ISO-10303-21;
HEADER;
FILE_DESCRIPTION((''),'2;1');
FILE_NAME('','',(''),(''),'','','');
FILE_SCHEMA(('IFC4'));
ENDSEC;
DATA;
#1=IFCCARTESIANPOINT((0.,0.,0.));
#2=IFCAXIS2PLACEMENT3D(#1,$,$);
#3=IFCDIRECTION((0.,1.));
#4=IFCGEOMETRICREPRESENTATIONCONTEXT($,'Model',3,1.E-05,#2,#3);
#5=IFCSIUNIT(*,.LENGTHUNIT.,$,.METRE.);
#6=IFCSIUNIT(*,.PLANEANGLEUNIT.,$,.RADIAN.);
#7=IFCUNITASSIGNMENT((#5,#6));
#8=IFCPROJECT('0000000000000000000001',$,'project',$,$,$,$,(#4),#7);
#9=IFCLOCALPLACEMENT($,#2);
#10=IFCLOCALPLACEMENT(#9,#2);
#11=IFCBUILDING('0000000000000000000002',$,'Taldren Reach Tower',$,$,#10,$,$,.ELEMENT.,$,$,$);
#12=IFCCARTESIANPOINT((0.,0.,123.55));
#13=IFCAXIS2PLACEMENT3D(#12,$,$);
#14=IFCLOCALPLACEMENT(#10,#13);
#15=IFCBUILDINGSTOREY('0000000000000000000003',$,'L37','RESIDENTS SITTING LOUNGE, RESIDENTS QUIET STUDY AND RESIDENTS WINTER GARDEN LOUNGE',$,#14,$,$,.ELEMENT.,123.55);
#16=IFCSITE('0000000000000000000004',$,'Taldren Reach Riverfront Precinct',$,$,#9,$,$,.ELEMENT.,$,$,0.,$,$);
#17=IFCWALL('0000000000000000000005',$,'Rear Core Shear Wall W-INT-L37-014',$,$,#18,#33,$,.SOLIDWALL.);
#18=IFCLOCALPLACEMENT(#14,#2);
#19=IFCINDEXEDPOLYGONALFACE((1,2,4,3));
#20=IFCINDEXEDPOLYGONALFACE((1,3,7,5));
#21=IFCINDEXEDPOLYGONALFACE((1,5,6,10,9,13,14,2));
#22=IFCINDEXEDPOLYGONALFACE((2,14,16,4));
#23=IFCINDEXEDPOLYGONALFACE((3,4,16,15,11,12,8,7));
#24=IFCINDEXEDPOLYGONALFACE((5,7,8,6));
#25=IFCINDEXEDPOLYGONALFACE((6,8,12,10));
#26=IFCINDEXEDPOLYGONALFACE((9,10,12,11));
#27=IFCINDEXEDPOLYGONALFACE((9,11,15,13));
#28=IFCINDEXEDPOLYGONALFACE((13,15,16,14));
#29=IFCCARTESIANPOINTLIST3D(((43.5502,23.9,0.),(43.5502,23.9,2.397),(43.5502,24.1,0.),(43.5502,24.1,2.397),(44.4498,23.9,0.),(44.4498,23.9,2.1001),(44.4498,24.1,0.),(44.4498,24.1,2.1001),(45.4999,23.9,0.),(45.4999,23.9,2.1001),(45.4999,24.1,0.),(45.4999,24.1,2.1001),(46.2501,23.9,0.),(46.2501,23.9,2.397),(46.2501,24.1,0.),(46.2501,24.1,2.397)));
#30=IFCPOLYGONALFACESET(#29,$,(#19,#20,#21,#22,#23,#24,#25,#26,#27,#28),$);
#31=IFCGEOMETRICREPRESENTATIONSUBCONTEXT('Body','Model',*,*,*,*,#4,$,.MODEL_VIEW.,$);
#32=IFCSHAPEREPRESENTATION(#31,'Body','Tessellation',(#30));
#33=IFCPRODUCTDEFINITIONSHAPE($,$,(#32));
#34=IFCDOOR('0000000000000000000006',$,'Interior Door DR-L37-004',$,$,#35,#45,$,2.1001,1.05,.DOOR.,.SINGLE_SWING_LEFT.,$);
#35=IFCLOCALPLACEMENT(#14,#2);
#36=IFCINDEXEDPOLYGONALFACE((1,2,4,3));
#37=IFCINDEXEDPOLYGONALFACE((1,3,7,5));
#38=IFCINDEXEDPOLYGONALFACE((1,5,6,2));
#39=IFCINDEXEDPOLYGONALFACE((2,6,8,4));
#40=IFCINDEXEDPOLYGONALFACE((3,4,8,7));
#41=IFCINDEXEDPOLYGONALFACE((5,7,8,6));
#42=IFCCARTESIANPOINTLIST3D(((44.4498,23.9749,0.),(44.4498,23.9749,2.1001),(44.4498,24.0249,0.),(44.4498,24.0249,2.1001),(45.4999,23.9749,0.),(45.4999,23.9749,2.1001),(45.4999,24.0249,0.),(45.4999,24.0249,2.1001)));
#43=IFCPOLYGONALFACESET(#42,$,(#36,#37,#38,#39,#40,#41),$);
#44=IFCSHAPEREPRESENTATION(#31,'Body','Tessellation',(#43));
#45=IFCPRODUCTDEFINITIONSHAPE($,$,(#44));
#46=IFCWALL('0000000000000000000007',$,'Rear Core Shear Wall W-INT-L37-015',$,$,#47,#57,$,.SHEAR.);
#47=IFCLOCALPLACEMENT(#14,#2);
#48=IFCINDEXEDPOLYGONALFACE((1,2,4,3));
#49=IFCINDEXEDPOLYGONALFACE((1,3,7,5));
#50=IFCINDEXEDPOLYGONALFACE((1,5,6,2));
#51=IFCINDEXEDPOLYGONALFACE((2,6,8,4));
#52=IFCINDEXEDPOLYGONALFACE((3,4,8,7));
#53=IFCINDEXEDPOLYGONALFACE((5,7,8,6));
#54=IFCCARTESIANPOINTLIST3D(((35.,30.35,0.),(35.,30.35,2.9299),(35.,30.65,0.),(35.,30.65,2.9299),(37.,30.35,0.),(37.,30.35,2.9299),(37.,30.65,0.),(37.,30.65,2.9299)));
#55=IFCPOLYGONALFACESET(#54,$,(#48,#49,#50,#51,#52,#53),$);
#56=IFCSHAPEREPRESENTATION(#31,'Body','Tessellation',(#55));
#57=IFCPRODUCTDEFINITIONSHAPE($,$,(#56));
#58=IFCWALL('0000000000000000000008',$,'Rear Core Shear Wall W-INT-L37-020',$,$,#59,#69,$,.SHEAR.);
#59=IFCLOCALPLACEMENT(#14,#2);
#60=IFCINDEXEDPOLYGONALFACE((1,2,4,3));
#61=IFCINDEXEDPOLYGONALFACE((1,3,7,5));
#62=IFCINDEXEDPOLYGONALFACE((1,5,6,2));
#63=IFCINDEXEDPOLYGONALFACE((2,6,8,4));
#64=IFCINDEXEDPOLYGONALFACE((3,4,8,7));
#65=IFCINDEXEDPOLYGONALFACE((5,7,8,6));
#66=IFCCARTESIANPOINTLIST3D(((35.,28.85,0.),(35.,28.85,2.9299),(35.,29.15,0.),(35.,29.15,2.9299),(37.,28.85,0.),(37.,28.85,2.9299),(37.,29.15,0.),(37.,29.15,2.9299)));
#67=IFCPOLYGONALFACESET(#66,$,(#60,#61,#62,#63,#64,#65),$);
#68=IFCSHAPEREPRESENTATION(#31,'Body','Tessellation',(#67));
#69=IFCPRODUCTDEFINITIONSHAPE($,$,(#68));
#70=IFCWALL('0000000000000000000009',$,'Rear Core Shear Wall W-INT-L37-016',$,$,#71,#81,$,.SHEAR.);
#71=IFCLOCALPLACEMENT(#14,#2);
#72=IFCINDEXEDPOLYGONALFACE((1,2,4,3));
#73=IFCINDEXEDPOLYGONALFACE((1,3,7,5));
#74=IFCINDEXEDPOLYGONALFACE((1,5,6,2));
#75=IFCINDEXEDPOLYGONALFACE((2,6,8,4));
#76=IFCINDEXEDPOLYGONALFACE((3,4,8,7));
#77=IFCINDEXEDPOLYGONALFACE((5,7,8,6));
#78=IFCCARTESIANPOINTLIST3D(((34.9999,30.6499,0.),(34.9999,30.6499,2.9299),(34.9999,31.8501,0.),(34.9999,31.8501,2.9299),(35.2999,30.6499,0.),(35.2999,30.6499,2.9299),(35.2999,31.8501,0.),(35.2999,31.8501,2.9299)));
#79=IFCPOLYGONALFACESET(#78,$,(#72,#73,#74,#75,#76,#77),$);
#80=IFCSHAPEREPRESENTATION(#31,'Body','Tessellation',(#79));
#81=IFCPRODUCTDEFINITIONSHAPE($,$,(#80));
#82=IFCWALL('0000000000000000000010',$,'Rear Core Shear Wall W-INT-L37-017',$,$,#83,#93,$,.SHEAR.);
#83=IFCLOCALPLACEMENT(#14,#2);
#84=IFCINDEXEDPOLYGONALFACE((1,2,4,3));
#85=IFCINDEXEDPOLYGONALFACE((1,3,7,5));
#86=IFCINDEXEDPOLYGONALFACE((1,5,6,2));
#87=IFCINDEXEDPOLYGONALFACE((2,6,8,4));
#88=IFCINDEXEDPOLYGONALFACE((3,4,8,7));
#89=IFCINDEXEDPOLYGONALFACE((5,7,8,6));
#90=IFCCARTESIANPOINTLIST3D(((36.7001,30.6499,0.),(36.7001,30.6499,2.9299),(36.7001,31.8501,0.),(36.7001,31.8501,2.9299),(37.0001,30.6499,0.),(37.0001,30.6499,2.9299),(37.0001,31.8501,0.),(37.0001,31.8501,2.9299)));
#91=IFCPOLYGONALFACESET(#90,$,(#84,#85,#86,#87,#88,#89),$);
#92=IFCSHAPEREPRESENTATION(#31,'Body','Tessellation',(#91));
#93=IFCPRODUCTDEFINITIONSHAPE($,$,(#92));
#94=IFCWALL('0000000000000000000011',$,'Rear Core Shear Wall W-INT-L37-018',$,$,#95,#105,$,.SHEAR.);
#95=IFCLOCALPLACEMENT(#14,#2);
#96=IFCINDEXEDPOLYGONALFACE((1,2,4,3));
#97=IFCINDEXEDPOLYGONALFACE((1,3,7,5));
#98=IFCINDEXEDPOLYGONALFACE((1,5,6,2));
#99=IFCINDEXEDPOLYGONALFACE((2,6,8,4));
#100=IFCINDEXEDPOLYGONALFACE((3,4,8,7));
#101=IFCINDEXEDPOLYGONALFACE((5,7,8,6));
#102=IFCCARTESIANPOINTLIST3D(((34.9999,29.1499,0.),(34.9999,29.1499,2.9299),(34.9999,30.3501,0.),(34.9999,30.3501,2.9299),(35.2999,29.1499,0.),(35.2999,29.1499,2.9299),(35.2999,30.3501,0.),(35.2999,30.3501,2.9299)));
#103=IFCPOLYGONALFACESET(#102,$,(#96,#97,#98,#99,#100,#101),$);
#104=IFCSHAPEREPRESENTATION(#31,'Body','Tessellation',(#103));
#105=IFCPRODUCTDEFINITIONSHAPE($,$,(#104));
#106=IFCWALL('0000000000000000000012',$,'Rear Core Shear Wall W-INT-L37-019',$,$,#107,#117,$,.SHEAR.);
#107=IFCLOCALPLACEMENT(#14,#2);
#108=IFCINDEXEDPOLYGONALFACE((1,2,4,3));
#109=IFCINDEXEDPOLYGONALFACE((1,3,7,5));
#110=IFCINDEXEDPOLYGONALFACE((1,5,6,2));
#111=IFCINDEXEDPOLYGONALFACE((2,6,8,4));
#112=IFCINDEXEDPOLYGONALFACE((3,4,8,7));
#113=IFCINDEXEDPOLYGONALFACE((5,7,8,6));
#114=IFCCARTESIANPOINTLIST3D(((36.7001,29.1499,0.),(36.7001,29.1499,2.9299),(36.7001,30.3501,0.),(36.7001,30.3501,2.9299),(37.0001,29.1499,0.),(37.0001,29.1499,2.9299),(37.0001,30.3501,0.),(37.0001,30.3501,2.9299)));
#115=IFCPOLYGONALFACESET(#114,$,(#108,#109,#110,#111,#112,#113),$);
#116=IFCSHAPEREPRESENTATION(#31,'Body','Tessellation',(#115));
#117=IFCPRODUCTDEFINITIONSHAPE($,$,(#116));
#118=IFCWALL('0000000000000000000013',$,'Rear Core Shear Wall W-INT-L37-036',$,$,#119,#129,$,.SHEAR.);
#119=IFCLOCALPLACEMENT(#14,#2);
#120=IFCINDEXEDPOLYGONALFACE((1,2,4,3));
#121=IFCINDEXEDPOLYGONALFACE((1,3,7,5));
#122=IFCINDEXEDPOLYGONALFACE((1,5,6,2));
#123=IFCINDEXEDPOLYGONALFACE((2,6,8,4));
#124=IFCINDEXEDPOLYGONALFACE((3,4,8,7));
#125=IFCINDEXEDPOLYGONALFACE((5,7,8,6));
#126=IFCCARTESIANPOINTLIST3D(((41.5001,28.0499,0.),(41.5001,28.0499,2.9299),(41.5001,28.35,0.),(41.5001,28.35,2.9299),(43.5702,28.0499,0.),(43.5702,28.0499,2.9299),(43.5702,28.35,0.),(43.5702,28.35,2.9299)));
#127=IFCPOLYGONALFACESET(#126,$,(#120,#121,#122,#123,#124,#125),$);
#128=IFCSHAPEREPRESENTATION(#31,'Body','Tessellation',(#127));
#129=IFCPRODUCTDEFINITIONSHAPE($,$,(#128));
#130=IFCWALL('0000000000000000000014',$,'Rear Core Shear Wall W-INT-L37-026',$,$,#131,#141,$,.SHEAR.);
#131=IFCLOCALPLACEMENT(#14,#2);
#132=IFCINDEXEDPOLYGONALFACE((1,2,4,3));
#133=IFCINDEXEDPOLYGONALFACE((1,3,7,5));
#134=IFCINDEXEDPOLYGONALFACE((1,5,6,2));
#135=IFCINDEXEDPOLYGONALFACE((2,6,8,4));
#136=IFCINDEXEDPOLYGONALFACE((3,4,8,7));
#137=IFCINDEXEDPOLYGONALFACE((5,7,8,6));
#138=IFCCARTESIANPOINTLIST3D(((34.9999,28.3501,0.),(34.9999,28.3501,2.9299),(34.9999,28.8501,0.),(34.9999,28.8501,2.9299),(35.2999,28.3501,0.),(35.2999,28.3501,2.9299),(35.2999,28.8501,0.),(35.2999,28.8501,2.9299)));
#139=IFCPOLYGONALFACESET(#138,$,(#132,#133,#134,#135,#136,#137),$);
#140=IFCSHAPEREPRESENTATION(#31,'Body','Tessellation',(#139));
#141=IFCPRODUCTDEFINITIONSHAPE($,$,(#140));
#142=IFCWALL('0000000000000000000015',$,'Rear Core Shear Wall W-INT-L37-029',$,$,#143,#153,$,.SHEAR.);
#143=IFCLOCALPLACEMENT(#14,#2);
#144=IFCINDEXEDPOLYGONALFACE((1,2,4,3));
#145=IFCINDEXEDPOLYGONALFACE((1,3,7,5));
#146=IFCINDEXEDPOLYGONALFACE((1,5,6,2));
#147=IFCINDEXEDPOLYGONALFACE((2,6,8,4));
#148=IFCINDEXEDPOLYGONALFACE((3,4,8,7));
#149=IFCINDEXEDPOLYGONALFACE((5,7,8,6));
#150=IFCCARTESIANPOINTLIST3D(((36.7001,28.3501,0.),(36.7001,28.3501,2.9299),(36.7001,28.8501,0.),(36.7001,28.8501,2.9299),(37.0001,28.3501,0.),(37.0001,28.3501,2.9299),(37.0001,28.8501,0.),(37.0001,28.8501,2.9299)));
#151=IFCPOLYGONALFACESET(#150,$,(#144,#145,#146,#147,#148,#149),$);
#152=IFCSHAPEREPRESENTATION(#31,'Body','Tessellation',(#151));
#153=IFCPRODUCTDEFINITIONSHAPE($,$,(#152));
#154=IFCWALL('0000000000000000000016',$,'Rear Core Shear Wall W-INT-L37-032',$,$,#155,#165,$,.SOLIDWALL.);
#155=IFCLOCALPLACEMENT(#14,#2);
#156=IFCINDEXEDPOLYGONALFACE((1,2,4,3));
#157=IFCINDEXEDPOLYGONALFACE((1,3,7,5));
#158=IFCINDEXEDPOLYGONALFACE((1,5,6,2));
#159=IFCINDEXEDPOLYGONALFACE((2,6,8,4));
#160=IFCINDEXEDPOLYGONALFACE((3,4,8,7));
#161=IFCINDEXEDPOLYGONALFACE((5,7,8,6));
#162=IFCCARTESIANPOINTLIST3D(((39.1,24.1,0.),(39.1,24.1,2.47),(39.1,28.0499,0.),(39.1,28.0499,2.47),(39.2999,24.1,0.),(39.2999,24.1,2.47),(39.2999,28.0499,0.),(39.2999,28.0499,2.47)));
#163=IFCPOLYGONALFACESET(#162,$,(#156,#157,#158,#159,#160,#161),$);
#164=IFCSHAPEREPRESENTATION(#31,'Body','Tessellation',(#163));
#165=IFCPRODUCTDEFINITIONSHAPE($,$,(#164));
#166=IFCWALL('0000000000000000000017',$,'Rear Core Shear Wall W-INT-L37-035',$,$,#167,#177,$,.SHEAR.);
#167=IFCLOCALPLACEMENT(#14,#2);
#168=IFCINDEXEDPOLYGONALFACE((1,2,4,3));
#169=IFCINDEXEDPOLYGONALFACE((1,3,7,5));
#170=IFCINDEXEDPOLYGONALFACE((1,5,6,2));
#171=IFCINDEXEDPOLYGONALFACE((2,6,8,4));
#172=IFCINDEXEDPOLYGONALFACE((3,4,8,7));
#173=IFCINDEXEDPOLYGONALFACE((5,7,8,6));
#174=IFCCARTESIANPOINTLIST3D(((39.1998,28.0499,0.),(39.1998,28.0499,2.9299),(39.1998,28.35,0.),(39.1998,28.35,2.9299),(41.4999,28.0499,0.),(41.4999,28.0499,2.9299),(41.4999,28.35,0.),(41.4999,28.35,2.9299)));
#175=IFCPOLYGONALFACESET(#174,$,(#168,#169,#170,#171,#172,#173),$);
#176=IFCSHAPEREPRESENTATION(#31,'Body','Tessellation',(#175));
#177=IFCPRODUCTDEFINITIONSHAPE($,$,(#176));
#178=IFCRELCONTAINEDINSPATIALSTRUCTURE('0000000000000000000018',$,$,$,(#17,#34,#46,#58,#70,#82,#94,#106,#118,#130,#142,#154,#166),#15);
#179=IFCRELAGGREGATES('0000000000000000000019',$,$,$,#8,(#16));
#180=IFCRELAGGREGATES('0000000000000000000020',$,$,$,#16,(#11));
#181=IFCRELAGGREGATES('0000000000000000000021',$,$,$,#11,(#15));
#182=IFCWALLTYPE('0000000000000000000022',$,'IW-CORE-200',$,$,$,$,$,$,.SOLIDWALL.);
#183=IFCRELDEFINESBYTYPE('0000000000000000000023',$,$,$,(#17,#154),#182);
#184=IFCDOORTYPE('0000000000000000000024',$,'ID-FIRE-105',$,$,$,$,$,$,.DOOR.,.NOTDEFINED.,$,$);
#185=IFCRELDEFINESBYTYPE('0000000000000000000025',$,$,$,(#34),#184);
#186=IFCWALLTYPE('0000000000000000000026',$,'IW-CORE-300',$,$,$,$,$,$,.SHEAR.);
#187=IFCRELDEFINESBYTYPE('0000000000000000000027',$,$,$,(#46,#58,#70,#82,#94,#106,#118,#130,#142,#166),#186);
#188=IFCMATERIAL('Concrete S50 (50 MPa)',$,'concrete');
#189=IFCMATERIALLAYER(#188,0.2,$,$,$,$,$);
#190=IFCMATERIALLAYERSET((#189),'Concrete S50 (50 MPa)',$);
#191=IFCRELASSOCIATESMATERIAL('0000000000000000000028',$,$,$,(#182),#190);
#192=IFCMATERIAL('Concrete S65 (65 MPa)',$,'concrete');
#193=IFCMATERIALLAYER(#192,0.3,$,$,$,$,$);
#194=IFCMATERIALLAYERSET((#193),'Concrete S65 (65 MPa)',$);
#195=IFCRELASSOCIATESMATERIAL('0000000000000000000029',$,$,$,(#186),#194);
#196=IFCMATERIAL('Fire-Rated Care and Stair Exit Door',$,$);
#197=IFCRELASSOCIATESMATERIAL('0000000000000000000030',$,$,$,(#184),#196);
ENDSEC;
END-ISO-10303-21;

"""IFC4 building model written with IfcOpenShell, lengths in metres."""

from ifc_helpers import new_model, si_unit, direction, frame, frame_2d, origin, place, context, subcontext, project, spatial, rectangle, extrude, source, transform, mapped, material, layer, layer_set, type_object, element, fill, save


model = new_model("IFC4")

# Units and contexts
model_context = context("Model", 3, precision=1e-05, world=origin(), true_north=direction((0.0, 1.0)))
body_context = subcontext(model_context, "Body", "Model", "MODEL_VIEW")
ifc_project = project(units=[si_unit("LENGTHUNIT", "METRE"), si_unit("PLANEANGLEUNIT", "RADIAN")], contexts=[model_context])

# Site, building, storey
site_placement = place(None, origin())
site = spatial("IfcSite", under=ifc_project, at=site_placement, Name="Taldren Reach Riverfront Precinct", CompositionType="ELEMENT", RefElevation=0.0)
building_placement = place(site_placement, origin())
building = spatial("IfcBuilding", under=site, at=building_placement, Name="Taldren Reach Tower", CompositionType="ELEMENT")
storey_placement = place(building_placement, frame((0.0, 0.0, 123.55)))
storey = spatial("IfcBuildingStorey", under=building, at=storey_placement, Name="L37", Description="RESIDENTS SITTING LOUNGE, RESIDENTS QUIET STUDY AND RESIDENTS WINTER GARDEN LOUNGE", CompositionType="ELEMENT", Elevation=123.55)

# Shared definitions
ifc_material_1 = material(Name="Concrete S50 (50 MPa)", Category="concrete")
ifc_layer_1 = layer(ifc_material_1, 0.2)
ifc_layer_set_1 = layer_set([ifc_layer_1], Name="Concrete S50 (50 MPa)")
wall_type_1 = type_object("IfcWallType", Name="IW-CORE-200", PredefinedType="SOLIDWALL", material=ifc_layer_set_1)
ifc_material_2 = material(Name="Concrete S65 (65 MPa)", Category="concrete")
ifc_layer_2 = layer(ifc_material_2, 0.3)
ifc_layer_set_2 = layer_set([ifc_layer_2], Name="Concrete S65 (65 MPa)")
wall_type_2 = type_object("IfcWallType", Name="IW-CORE-300", PredefinedType="SHEAR", material=ifc_layer_set_2)

# Shared definitions
ifc_material_3 = material(Name="Fire-Rated Care and Stair Exit Door")
door_type_1 = type_object("IfcDoorType", Name="ID-FIRE-105", OperationType="NOTDEFINED", PredefinedType="DOOR", material=ifc_material_3)
shared_shape_1 = source(origin(), body_context, "Body", "SweptSolid", [
    extrude(rectangle(XDim=1.05, YDim=2.1001, at=frame_2d((0.5249, 1.05))), frame((0.0, 0.0249, 0.0), z_axis=(0.0, -1.0, 0.0), x_axis=(1.0, 0.0, 0.0)), (0.0, 0.0, 1.0), 0.05),
])

# Wall, opening, door
shared_shape_2 = source(origin(), body_context, "Body", "SweptSolid", [
    extrude(rectangle(XDim=1.05, YDim=2.1001, at=frame_2d((0.5249, 1.05))), frame((0.0, 0.1099, 0.0), z_axis=(0.0, -1.0, 0.0), x_axis=(1.0, 0.0, 0.0)), (0.0, 0.0, 1.0), 0.22),
])
shared_shape_3 = source(origin(), body_context, "Body", "SweptSolid", [
    extrude(rectangle(XDim=2.7, YDim=0.2, at=frame_2d((1.3501, 0.0))), origin(), (0.0, 0.0, 1.0), 2.397),
])
wall_1_placement = place(storey_placement, frame((43.55, 24.0, 0.0), z_axis=(0.0, 0.0, 1.0), x_axis=(1.0, 0.0, 0.0)))
wall_1 = element("IfcWall", 1, at=wall_1_placement, inside=storey, type_object=wall_type_1, Name="Rear Core Shear Wall W-INT-L37-014", PredefinedType="SOLIDWALL", context=body_context, shape_type="MappedRepresentation", body=[
    mapped(shared_shape_3, transform((0.0, 0.0, 0.0), scale=1.0)),
])
opening_1_placement = place(wall_1_placement, frame((0.8999, 0.0, 0.0)))
opening_1 = element("IfcOpeningElement", 2, at=opening_1_placement, cuts=wall_1, PredefinedType="OPENING", context=body_context, shape_type="MappedRepresentation", body=[
    mapped(shared_shape_2, transform((0.0, 0.0, 0.0), scale=1.0)),
])
door_1_placement = place(opening_1_placement, origin())
door_1 = element("IfcDoor", 3, at=door_1_placement, inside=storey, type_object=door_type_1, Name="Interior Door DR-L37-004", OperationType="SINGLE_SWING_LEFT", OverallHeight=2.1001, OverallWidth=1.05, PredefinedType="DOOR", context=body_context, shape_type="MappedRepresentation", body=[
    mapped(shared_shape_1, transform((0.0, 0.0, 0.0), scale=1.0)),
])
fill(opening_1, door_1)

# Walls
shared_shape_4 = source(origin(), body_context, "Body", "SweptSolid", [
    extrude(rectangle(XDim=2.0, YDim=0.3, at=frame_2d((1.0, 0.0))), origin(), (0.0, 0.0, 1.0), 2.9299),
])
for number, where, z_axis, x_axis, name in (
    (4, (35.0, 30.5, 0.0), (0.0, 0.0, 1.0), (1.0, 0.0, 0.0), "Rear Core Shear Wall W-INT-L37-015"),
    (5, (35.0, 29.0, 0.0), (0.0, 0.0, 1.0), (1.0, 0.0, 0.0), "Rear Core Shear Wall W-INT-L37-020"),
):
    element("IfcWall", number, at=place(storey_placement, frame(where, z_axis=z_axis, x_axis=x_axis)), inside=storey, type_object=wall_type_2, Name=name, PredefinedType="SHEAR", context=body_context, shape_type="MappedRepresentation", body=[
        mapped(shared_shape_4, transform((0.0, 0.0, 0.0), scale=1.0)),
    ])
shared_shape_5 = source(origin(), body_context, "Body", "SweptSolid", [
    extrude(rectangle(XDim=1.2002, YDim=0.3, at=frame_2d((0.6001, 0.0))), origin(), (0.0, 0.0, 1.0), 2.9299),
])
for number, where, z_axis, x_axis, name in (
    (6, (35.1499, 31.8501, 0.0), (0.0, 0.0, 1.0), (0.0, -1.0, 0.0), "Rear Core Shear Wall W-INT-L37-016"),
    (7, (36.8501, 30.6499, 0.0), (0.0, 0.0, 1.0), (0.0, 1.0, 0.0), "Rear Core Shear Wall W-INT-L37-017"),
    (8, (35.1499, 30.3501, 0.0), (0.0, 0.0, 1.0), (0.0, -1.0, 0.0), "Rear Core Shear Wall W-INT-L37-018"),
    (9, (36.8501, 29.1499, 0.0), (0.0, 0.0, 1.0), (0.0, 1.0, 0.0), "Rear Core Shear Wall W-INT-L37-019"),
):
    element("IfcWall", number, at=place(storey_placement, frame(where, z_axis=z_axis, x_axis=x_axis)), inside=storey, type_object=wall_type_2, Name=name, PredefinedType="SHEAR", context=body_context, shape_type="MappedRepresentation", body=[
        mapped(shared_shape_5, transform((0.0, 0.0, 0.0), scale=1.0)),
    ])
shared_shape_6 = source(origin(), body_context, "Body", "SweptSolid", [
    extrude(rectangle(XDim=2.0701, YDim=0.3, at=frame_2d((1.0352, 0.0))), origin(), (0.0, 0.0, 1.0), 2.9299),
])
wall_2_placement = place(storey_placement, frame((41.5, 28.2, 0.0), z_axis=(0.0, 0.0, 1.0), x_axis=(1.0, 0.0, 0.0)))
element("IfcWall", 10, at=wall_2_placement, inside=storey, type_object=wall_type_2, Name="Rear Core Shear Wall W-INT-L37-036", PredefinedType="SHEAR", context=body_context, shape_type="MappedRepresentation", body=[
    mapped(shared_shape_6, transform((0.0, 0.0, 0.0), scale=1.0)),
])
shared_shape_7 = source(origin(), body_context, "Body", "SweptSolid", [
    extrude(rectangle(XDim=0.5, YDim=0.3, at=frame_2d((0.25, 0.0))), origin(), (0.0, 0.0, 1.0), 2.9299),
])
for number, where, z_axis, x_axis, name in (
    (11, (35.1499, 28.3501, 0.0), (0.0, 0.0, 1.0), (0.0, 1.0, 0.0), "Rear Core Shear Wall W-INT-L37-026"),
    (12, (36.8501, 28.8501, 0.0), (0.0, 0.0, 1.0), (0.0, -1.0, 0.0), "Rear Core Shear Wall W-INT-L37-029"),
):
    element("IfcWall", number, at=place(storey_placement, frame(where, z_axis=z_axis, x_axis=x_axis)), inside=storey, type_object=wall_type_2, Name=name, PredefinedType="SHEAR", context=body_context, shape_type="MappedRepresentation", body=[
        mapped(shared_shape_7, transform((0.0, 0.0, 0.0), scale=1.0)),
    ])

# Walls
shared_shape_8 = source(origin(), body_context, "Body", "SweptSolid", [
    extrude(rectangle(XDim=3.95, YDim=0.2, at=frame_2d((1.9751, 0.0))), origin(), (0.0, 0.0, 1.0), 2.47),
])
wall_3_placement = place(storey_placement, frame((39.2, 28.05, 0.0), z_axis=(0.0, 0.0, 1.0), x_axis=(0.0, -1.0, 0.0)))
element("IfcWall", 13, at=wall_3_placement, inside=storey, type_object=wall_type_1, Name="Rear Core Shear Wall W-INT-L37-032", PredefinedType="SOLIDWALL", context=body_context, shape_type="MappedRepresentation", body=[
    mapped(shared_shape_8, transform((0.0, 0.0, 0.0), scale=1.0)),
])
shared_shape_9 = source(origin(), body_context, "Body", "SweptSolid", [
    extrude(rectangle(XDim=2.3, YDim=0.3, at=frame_2d((1.1499, 0.0))), origin(), (0.0, 0.0, 1.0), 2.9299),
])
wall_4_placement = place(storey_placement, frame((39.2, 28.2, 0.0), z_axis=(0.0, 0.0, 1.0), x_axis=(1.0, 0.0, 0.0)))
element("IfcWall", 14, at=wall_4_placement, inside=storey, type_object=wall_type_2, Name="Rear Core Shear Wall W-INT-L37-035", PredefinedType="SHEAR", context=body_context, shape_type="MappedRepresentation", body=[
    mapped(shared_shape_9, transform((0.0, 0.0, 0.0), scale=1.0)),
])

save(model, "model.ifc")
